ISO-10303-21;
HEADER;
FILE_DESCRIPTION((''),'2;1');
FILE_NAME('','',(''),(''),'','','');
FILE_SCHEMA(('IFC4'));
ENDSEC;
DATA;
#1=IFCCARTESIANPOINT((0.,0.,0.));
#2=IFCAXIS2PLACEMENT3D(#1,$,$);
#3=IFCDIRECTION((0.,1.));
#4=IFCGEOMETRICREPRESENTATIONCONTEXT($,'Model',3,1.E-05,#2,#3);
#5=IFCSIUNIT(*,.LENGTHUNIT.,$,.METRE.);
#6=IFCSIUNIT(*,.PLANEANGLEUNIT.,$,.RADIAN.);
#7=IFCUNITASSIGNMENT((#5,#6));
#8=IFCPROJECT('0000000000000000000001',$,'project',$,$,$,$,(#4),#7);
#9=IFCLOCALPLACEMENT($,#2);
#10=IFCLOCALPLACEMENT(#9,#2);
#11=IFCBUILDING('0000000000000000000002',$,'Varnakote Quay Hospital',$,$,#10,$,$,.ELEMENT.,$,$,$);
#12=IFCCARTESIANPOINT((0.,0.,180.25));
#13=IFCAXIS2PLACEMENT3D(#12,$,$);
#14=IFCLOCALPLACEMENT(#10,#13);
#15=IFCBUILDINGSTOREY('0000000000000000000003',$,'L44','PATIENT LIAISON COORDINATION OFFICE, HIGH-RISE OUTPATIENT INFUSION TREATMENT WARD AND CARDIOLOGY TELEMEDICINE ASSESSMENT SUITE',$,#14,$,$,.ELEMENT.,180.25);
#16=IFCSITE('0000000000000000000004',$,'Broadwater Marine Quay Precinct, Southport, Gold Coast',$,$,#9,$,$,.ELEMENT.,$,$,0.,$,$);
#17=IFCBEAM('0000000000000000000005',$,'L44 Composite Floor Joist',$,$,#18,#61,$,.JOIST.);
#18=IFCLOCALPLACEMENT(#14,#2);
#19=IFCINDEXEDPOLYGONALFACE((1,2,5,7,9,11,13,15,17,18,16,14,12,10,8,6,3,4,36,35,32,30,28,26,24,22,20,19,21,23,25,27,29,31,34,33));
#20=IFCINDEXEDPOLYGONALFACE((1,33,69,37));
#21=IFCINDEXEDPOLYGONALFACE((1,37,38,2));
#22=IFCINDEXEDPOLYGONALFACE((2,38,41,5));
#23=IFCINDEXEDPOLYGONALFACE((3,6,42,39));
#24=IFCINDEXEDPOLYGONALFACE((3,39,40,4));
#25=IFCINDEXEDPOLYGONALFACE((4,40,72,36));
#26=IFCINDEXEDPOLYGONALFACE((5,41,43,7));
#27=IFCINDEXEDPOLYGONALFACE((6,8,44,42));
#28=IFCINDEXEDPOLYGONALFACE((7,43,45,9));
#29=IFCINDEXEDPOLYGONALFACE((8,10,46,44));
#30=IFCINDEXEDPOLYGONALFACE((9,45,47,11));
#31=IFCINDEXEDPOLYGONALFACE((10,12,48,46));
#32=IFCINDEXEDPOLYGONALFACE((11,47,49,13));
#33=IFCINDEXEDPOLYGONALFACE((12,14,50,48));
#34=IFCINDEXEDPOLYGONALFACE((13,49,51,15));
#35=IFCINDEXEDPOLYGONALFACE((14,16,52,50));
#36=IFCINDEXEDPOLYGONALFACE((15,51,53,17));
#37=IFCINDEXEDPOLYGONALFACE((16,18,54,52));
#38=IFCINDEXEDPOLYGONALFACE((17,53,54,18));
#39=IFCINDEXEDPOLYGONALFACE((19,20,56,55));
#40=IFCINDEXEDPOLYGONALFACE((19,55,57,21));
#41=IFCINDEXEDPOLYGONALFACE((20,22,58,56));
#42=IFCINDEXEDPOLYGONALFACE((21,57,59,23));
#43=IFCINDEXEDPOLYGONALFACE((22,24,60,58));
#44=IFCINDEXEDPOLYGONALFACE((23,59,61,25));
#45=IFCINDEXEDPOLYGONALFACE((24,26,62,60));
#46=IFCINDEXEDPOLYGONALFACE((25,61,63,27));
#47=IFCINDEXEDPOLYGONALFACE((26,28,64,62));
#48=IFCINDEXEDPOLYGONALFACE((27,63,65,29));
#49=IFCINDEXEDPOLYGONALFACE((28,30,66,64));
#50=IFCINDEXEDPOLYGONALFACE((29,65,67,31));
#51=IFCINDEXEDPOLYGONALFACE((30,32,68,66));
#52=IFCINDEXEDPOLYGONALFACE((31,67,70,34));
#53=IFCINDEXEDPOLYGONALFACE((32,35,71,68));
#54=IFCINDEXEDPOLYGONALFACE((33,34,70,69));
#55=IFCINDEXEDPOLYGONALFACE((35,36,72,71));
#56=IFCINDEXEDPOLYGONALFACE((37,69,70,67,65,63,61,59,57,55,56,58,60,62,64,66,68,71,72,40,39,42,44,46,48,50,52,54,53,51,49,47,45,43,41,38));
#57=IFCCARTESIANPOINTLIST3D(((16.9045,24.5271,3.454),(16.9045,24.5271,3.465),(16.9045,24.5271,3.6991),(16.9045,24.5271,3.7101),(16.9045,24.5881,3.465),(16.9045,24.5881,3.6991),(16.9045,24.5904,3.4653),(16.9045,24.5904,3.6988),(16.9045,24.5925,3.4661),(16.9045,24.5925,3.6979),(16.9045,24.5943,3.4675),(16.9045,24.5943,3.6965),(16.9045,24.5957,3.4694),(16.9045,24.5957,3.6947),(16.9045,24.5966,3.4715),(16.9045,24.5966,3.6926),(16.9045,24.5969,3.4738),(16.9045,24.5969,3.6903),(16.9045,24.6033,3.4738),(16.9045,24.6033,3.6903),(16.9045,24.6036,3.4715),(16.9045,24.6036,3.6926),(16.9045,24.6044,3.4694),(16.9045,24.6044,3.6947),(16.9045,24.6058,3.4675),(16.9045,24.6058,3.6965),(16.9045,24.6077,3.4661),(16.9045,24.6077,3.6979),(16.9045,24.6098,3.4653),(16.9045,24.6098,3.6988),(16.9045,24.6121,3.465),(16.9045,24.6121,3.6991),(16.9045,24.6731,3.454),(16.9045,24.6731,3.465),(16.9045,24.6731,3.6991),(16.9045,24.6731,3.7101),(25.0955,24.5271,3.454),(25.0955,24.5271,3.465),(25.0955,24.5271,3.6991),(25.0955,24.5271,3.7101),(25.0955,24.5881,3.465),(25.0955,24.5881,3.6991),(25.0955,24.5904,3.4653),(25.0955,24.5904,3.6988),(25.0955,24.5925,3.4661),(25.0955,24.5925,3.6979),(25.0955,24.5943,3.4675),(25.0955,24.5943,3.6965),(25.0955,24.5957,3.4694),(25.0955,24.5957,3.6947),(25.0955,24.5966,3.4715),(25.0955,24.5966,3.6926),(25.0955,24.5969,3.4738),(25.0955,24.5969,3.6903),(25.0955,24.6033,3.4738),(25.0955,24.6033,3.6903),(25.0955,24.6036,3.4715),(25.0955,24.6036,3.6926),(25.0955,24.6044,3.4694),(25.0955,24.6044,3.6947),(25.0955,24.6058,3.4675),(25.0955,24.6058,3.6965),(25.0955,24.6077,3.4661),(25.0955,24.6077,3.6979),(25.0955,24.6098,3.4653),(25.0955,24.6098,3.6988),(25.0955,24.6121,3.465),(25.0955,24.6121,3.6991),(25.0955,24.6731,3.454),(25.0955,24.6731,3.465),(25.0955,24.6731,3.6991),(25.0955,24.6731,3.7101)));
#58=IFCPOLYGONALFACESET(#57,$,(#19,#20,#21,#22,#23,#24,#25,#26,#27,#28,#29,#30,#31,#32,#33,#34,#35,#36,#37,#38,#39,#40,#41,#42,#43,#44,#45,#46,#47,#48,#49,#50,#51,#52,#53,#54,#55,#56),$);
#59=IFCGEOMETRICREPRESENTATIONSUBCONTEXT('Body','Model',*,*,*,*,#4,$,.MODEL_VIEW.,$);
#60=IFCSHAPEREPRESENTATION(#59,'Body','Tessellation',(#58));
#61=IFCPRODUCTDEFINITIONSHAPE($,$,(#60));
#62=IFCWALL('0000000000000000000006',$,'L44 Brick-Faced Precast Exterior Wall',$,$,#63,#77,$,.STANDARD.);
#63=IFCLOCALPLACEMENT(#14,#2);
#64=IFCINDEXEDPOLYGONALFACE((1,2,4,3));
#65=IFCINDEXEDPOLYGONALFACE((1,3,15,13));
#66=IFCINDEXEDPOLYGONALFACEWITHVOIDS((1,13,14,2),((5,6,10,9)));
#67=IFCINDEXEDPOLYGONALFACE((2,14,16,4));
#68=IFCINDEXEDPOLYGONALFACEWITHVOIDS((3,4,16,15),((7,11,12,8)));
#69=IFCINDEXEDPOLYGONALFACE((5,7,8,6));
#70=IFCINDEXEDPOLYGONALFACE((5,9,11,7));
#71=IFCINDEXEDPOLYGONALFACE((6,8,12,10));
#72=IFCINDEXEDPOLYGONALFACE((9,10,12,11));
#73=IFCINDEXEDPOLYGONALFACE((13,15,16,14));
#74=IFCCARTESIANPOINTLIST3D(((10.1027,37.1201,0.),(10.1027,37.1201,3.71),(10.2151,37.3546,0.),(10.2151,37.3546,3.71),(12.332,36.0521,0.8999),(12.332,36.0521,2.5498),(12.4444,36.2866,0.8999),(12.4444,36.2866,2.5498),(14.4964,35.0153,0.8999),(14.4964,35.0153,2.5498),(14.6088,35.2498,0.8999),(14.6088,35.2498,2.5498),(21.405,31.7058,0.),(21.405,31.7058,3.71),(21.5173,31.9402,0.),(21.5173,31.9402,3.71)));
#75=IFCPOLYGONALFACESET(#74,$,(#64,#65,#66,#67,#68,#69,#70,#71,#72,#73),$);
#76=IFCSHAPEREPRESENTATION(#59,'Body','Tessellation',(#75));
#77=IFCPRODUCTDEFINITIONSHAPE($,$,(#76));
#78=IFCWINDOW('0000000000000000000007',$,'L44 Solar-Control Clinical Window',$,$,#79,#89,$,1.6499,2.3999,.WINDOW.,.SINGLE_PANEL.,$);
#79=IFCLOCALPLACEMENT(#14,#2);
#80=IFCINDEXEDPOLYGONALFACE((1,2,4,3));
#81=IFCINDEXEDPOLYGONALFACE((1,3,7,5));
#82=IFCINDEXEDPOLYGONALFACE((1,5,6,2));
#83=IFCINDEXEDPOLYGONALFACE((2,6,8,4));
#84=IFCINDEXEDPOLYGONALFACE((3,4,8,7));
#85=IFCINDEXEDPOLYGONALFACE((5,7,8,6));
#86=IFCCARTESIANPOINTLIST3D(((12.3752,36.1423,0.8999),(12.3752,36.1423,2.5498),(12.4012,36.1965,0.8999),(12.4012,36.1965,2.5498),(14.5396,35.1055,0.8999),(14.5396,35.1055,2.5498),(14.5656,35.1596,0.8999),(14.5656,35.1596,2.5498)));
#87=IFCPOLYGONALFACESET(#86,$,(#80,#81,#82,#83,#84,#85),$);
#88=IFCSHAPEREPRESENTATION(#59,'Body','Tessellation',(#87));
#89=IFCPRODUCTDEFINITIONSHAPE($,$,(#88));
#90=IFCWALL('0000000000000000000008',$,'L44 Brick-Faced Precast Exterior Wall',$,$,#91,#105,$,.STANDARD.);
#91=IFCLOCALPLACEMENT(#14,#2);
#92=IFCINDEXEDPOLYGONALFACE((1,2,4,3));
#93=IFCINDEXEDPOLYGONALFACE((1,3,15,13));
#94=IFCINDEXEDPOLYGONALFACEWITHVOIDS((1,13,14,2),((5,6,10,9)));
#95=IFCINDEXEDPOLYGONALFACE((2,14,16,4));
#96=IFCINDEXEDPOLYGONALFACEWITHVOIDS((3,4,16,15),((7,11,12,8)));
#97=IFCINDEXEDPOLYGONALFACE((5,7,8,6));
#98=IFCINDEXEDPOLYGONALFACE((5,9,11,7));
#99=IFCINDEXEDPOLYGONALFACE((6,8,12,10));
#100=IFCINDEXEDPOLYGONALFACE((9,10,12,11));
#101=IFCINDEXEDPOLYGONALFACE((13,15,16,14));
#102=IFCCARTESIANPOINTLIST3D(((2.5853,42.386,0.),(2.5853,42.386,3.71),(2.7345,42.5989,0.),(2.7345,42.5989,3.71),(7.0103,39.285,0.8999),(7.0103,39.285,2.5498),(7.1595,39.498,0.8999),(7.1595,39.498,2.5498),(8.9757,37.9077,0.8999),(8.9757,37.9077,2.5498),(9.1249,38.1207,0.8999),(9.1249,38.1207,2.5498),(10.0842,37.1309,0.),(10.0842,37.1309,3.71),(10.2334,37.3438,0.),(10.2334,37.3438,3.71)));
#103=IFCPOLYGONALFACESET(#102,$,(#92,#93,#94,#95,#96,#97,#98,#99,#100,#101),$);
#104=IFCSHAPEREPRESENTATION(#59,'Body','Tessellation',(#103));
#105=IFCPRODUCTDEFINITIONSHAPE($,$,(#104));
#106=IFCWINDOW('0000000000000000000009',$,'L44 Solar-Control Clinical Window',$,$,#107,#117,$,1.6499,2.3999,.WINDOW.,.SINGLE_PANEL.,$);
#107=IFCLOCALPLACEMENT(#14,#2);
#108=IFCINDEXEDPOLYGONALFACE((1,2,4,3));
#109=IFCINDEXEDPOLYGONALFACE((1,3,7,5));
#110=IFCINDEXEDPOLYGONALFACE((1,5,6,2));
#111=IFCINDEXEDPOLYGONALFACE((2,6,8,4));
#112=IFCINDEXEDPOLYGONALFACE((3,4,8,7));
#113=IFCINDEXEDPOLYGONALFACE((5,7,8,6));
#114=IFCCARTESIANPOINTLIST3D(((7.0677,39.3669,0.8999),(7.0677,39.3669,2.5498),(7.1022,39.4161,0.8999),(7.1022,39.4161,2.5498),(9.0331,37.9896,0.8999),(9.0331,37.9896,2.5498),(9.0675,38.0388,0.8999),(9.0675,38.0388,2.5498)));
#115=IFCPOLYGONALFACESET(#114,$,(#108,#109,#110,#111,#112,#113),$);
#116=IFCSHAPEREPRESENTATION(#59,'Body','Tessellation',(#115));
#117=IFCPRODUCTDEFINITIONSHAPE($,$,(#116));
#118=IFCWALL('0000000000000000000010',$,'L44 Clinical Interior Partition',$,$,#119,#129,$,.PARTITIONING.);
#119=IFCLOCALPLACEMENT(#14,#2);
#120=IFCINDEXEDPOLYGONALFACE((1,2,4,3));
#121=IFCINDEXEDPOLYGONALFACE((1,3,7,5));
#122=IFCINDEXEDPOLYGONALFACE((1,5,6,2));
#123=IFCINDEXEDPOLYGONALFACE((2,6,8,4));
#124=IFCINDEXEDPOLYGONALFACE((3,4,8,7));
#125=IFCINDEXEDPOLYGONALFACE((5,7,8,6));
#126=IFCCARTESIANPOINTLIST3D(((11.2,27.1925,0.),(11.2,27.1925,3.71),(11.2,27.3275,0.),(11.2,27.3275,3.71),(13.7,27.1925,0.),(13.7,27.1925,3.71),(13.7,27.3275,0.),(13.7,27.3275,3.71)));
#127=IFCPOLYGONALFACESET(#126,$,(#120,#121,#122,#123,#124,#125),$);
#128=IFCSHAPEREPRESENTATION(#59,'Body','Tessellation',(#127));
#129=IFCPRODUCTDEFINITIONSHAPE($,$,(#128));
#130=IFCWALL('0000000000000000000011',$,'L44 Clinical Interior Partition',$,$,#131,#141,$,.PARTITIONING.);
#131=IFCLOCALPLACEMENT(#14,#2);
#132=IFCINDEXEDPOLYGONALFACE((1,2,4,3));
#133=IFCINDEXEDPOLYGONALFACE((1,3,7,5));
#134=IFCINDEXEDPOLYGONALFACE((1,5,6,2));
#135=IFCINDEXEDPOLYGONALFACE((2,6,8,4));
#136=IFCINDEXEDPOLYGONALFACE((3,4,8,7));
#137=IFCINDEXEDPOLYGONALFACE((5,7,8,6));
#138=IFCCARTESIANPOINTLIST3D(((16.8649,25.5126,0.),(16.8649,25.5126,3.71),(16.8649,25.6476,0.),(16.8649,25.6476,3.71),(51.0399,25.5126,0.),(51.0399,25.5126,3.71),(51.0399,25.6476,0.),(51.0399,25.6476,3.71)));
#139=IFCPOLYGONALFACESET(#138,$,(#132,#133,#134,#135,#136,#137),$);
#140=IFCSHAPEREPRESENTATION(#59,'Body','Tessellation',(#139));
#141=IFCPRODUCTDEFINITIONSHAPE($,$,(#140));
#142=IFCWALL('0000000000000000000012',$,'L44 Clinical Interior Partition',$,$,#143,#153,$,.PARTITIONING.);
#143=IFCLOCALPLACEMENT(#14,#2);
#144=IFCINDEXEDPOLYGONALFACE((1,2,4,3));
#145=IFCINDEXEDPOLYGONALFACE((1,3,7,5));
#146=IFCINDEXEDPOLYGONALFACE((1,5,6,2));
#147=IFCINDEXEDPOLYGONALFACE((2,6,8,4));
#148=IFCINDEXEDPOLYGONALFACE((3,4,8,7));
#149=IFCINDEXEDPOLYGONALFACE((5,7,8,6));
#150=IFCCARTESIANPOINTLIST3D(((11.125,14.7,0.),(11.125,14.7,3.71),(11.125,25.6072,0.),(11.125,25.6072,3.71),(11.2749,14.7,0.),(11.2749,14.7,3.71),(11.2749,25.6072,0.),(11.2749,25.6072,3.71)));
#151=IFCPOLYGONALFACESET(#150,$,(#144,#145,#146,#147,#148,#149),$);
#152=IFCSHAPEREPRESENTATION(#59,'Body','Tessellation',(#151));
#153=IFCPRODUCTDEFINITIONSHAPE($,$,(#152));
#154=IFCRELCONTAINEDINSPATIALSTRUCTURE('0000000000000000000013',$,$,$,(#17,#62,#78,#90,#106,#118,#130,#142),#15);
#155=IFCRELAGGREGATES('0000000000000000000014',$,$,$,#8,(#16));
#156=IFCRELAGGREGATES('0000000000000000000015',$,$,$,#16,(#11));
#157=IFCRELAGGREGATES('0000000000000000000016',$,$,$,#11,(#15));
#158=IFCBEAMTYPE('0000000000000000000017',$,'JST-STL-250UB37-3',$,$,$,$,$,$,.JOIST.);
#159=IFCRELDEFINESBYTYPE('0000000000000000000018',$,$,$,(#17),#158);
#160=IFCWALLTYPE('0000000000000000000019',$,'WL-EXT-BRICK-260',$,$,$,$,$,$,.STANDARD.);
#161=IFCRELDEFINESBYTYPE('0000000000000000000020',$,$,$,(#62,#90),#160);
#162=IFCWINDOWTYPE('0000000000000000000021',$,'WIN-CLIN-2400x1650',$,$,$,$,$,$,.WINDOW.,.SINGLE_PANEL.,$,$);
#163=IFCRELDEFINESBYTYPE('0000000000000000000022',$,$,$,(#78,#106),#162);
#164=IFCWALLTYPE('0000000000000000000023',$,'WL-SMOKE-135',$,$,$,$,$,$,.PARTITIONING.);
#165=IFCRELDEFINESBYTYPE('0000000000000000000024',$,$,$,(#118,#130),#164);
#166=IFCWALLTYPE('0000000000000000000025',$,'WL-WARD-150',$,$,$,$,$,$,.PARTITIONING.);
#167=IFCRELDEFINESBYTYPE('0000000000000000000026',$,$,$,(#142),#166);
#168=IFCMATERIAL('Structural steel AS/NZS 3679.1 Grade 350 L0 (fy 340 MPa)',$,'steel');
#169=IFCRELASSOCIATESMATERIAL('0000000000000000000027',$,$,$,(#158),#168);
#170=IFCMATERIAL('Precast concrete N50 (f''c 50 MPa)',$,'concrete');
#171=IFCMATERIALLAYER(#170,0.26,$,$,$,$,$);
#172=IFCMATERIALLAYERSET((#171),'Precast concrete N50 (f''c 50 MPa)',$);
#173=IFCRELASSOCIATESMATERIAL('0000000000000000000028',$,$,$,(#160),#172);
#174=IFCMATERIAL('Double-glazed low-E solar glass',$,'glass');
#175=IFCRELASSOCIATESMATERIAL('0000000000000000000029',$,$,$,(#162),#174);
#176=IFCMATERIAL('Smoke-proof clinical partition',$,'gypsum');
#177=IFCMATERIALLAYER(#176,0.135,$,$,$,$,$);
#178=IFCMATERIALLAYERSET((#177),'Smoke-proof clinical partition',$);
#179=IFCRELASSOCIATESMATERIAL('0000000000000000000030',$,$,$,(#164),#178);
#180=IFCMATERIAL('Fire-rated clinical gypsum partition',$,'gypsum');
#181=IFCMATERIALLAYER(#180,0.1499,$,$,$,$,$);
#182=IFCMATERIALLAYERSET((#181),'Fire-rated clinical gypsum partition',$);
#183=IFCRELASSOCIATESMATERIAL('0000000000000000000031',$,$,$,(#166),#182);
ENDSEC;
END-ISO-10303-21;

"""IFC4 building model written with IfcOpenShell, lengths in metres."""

from ifc_helpers import new_model, si_unit, direction, frame, frame_2d, origin, origin_2d, place, context, subcontext, project, spatial, rectangle, i_section, extrude, material, layer, layer_set, material_profile, profile_set, type_object, element, fill, save


model = new_model("IFC4")

# Units and contexts
model_context = context("Model", 3, precision=1e-05, world=origin(), true_north=direction((0.0, 1.0)))
body_context = subcontext(model_context, "Body", "Model", "MODEL_VIEW")
ifc_project = project(units=[si_unit("LENGTHUNIT", "METRE"), si_unit("PLANEANGLEUNIT", "RADIAN")], contexts=[model_context])

# Site, building, storey
site_placement = place(None, origin())
site = spatial("IfcSite", under=ifc_project, at=site_placement, Name="Broadwater Marine Quay Precinct, Southport, Gold Coast", CompositionType="ELEMENT", RefElevation=0.0)
building_placement = place(site_placement, origin())
building = spatial("IfcBuilding", under=site, at=building_placement, Name="Varnakote Quay Hospital", CompositionType="ELEMENT")
storey_placement = place(building_placement, frame((0.0, 0.0, 180.25)))
storey = spatial("IfcBuildingStorey", under=building, at=storey_placement, Name="L44", Description="PATIENT LIAISON COORDINATION OFFICE, HIGH-RISE OUTPATIENT INFUSION TREATMENT WARD AND CARDIOLOGY TELEMEDICINE ASSESSMENT SUITE", CompositionType="ELEMENT", Elevation=180.25)

# Beam
ifc_material_1 = material(Name="Structural steel AS/NZS 3679.1 Grade 350 L0 (fy 340 MPa)", Category="steel")
ifc_material_profile_1 = material_profile(ifc_material_1, i_section(OverallWidth=0.146, OverallDepth=0.2561, WebThickness=0.0063, FlangeThickness=0.011, FilletRadius=0.0088, at=origin_2d()), Name="250UB37.3")
ifc_profile_set_1 = profile_set([ifc_material_profile_1], Name="Structural steel AS/NZS 3679.1 Grade 350 L0 (fy 340 MPa)")
beam_type_1 = type_object("IfcBeamType", Name="JST-STL-250UB37-3", PredefinedType="JOIST", material=ifc_profile_set_1)
beam_1_placement = place(storey_placement, frame((16.9045, 24.6001, 3.582), z_axis=(1.0, 0.0, 0.0), x_axis=(0.0, 1.0, 0.0)))
element("IfcBeam", 1, at=beam_1_placement, inside=storey, type_object=beam_type_1, Name="L44 Composite Floor Joist", PredefinedType="JOIST", context=body_context, shape_type="SweptSolid", body=[
    extrude(i_section(OverallWidth=0.146, OverallDepth=0.2561, WebThickness=0.0063, FlangeThickness=0.011, FilletRadius=0.0088, at=origin_2d()), origin(), (0.0, 0.0, 1.0), 8.1909),
])

# Walls, openings, windows
ifc_material_2 = material(Name="Precast concrete N50 (f'c 50 MPa)", Category="concrete")
ifc_layer_1 = layer(ifc_material_2, 0.26)
ifc_layer_set_1 = layer_set([ifc_layer_1], Name="Precast concrete N50 (f'c 50 MPa)")
wall_type_1 = type_object("IfcWallType", Name="WL-EXT-BRICK-260", PredefinedType="STANDARD", material=ifc_layer_set_1)
wall_1_placement = place(storey_placement, frame((21.4612, 31.823, 0.0), z_axis=(0.0, 0.0, 1.0), x_axis=(-0.901858, 0.432032, 0.0)))
wall_1 = element("IfcWall", 2, at=wall_1_placement, inside=storey, type_object=wall_type_1, Name="L44 Brick-Faced Precast Exterior Wall", PredefinedType="STANDARD", context=body_context, shape_type="SweptSolid", body=[
    extrude(rectangle(XDim=12.5322, YDim=0.26, at=frame_2d((6.2661, 0.0))), origin(), (0.0, 0.0, 1.0), 3.71),
])
opening_1_placement = place(wall_1_placement, frame((7.6604, 0.0, 0.8999)))
opening_1 = element("IfcOpeningElement", 3, at=opening_1_placement, cuts=wall_1, PredefinedType="OPENING", context=body_context, shape_type="SweptSolid", body=[
    extrude(rectangle(XDim=2.3999, YDim=1.6499, at=frame_2d((1.2, 0.825))), frame((0.0, 0.1399, 0.0), z_axis=(0.0, -1.0, 0.0), x_axis=(1.0, 0.0, 0.0)), (0.0, 0.0, 1.0), 0.28),
])
ifc_material_3 = material(Name="Double-glazed low-E solar glass", Category="glass")
window_type = type_object("IfcWindowType", Name="WIN-CLIN-2400x1650", PartitioningType="SINGLE_PANEL", PredefinedType="WINDOW", material=ifc_material_3)
window_1_placement = place(opening_1_placement, origin())
window_1 = element("IfcWindow", 4, at=window_1_placement, inside=storey, type_object=window_type, Name="L44 Solar-Control Clinical Window", OverallHeight=1.6499, OverallWidth=2.3999, PartitioningType="SINGLE_PANEL", PredefinedType="WINDOW", context=body_context, shape_type="SweptSolid", body=[
    extrude(rectangle(XDim=2.3999, YDim=1.6499, at=frame_2d((1.2, 0.825))), frame((0.0, 0.03, 0.0), z_axis=(0.0, -1.0, 0.0), x_axis=(1.0, 0.0, 0.0)), (0.0, 0.0, 1.0), 0.0601),
])
fill(opening_1, window_1)
wall_2_placement = place(storey_placement, frame((10.1589, 37.2373, 0.0), z_axis=(0.0, 0.0, 1.0), x_axis=(-0.818934, 0.573888, 0.0)))
wall_2 = element("IfcWall", 5, at=wall_2_placement, inside=storey, type_object=wall_type_1, Name="L44 Brick-Faced Precast Exterior Wall", PredefinedType="STANDARD", context=body_context, shape_type="SweptSolid", body=[
    extrude(rectangle(XDim=9.157, YDim=0.26, at=frame_2d((4.5786, 0.0))), origin(), (0.0, 0.0, 1.0), 3.71),
])
opening_2_placement = place(wall_2_placement, frame((1.3538, 0.0, 0.8999)))
opening_2 = element("IfcOpeningElement", 6, at=opening_2_placement, cuts=wall_2, PredefinedType="OPENING", context=body_context, shape_type="SweptSolid", body=[
    extrude(rectangle(XDim=2.3999, YDim=1.6499, at=frame_2d((1.2, 0.825))), frame((0.0, 0.1399, 0.0), z_axis=(0.0, -1.0, 0.0), x_axis=(1.0, 0.0, 0.0)), (0.0, 0.0, 1.0), 0.28),
])
window_2_placement = place(opening_2_placement, origin())
window_2 = element("IfcWindow", 7, at=window_2_placement, inside=storey, type_object=window_type, Name="L44 Solar-Control Clinical Window", OverallHeight=1.6499, OverallWidth=2.3999, PartitioningType="SINGLE_PANEL", PredefinedType="WINDOW", context=body_context, shape_type="SweptSolid", body=[
    extrude(rectangle(XDim=2.3999, YDim=1.6499, at=frame_2d((1.2, 0.825))), frame((0.0, 0.03, 0.0), z_axis=(0.0, -1.0, 0.0), x_axis=(1.0, 0.0, 0.0)), (0.0, 0.0, 1.0), 0.0601),
])
fill(opening_2, window_2)

# Walls
ifc_material_4 = material(Name="Smoke-proof clinical partition", Category="gypsum")
ifc_layer_2 = layer(ifc_material_4, 0.135)
ifc_layer_set_2 = layer_set([ifc_layer_2], Name="Smoke-proof clinical partition")
wall_type_2 = type_object("IfcWallType", Name="WL-SMOKE-135", PredefinedType="PARTITIONING", material=ifc_layer_set_2)
wall_3_placement = place(storey_placement, frame((13.7, 27.26, 0.0), z_axis=(0.0, 0.0, 1.0), x_axis=(-1.0, 0.0, 0.0)))
element("IfcWall", 8, at=wall_3_placement, inside=storey, type_object=wall_type_2, Name="L44 Clinical Interior Partition", PredefinedType="PARTITIONING", context=body_context, shape_type="SweptSolid", body=[
    extrude(rectangle(XDim=2.5, YDim=0.135, at=frame_2d((1.25, 0.0))), origin(), (0.0, 0.0, 1.0), 3.71),
])
wall_4_placement = place(storey_placement, frame((16.865, 25.5801, 0.0), z_axis=(0.0, 0.0, 1.0), x_axis=(1.0, 0.0, 0.0)))
element("IfcWall", 9, at=wall_4_placement, inside=storey, type_object=wall_type_2, Name="L44 Clinical Interior Partition", PredefinedType="PARTITIONING", context=body_context, shape_type="SweptSolid", body=[
    extrude(rectangle(XDim=34.175, YDim=0.135, at=frame_2d((17.0874, 0.0))), origin(), (0.0, 0.0, 1.0), 3.71),
])
ifc_material_5 = material(Name="Fire-rated clinical gypsum partition", Category="gypsum")
ifc_layer_3 = layer(ifc_material_5, 0.1499)
ifc_layer_set_3 = layer_set([ifc_layer_3], Name="Fire-rated clinical gypsum partition")
wall_type_3 = type_object("IfcWallType", Name="WL-WARD-150", PredefinedType="PARTITIONING", material=ifc_layer_set_3)
wall_5_placement = place(storey_placement, frame((11.2, 25.6072, 0.0), z_axis=(0.0, 0.0, 1.0), x_axis=(0.0, -1.0, 0.0)))
element("IfcWall", 10, at=wall_5_placement, inside=storey, type_object=wall_type_3, Name="L44 Clinical Interior Partition", PredefinedType="PARTITIONING", context=body_context, shape_type="SweptSolid", body=[
    extrude(rectangle(XDim=10.9072, YDim=0.1499, at=frame_2d((5.4536, 0.0))), origin(), (0.0, 0.0, 1.0), 3.71),
])

save(model, "model.ifc")
